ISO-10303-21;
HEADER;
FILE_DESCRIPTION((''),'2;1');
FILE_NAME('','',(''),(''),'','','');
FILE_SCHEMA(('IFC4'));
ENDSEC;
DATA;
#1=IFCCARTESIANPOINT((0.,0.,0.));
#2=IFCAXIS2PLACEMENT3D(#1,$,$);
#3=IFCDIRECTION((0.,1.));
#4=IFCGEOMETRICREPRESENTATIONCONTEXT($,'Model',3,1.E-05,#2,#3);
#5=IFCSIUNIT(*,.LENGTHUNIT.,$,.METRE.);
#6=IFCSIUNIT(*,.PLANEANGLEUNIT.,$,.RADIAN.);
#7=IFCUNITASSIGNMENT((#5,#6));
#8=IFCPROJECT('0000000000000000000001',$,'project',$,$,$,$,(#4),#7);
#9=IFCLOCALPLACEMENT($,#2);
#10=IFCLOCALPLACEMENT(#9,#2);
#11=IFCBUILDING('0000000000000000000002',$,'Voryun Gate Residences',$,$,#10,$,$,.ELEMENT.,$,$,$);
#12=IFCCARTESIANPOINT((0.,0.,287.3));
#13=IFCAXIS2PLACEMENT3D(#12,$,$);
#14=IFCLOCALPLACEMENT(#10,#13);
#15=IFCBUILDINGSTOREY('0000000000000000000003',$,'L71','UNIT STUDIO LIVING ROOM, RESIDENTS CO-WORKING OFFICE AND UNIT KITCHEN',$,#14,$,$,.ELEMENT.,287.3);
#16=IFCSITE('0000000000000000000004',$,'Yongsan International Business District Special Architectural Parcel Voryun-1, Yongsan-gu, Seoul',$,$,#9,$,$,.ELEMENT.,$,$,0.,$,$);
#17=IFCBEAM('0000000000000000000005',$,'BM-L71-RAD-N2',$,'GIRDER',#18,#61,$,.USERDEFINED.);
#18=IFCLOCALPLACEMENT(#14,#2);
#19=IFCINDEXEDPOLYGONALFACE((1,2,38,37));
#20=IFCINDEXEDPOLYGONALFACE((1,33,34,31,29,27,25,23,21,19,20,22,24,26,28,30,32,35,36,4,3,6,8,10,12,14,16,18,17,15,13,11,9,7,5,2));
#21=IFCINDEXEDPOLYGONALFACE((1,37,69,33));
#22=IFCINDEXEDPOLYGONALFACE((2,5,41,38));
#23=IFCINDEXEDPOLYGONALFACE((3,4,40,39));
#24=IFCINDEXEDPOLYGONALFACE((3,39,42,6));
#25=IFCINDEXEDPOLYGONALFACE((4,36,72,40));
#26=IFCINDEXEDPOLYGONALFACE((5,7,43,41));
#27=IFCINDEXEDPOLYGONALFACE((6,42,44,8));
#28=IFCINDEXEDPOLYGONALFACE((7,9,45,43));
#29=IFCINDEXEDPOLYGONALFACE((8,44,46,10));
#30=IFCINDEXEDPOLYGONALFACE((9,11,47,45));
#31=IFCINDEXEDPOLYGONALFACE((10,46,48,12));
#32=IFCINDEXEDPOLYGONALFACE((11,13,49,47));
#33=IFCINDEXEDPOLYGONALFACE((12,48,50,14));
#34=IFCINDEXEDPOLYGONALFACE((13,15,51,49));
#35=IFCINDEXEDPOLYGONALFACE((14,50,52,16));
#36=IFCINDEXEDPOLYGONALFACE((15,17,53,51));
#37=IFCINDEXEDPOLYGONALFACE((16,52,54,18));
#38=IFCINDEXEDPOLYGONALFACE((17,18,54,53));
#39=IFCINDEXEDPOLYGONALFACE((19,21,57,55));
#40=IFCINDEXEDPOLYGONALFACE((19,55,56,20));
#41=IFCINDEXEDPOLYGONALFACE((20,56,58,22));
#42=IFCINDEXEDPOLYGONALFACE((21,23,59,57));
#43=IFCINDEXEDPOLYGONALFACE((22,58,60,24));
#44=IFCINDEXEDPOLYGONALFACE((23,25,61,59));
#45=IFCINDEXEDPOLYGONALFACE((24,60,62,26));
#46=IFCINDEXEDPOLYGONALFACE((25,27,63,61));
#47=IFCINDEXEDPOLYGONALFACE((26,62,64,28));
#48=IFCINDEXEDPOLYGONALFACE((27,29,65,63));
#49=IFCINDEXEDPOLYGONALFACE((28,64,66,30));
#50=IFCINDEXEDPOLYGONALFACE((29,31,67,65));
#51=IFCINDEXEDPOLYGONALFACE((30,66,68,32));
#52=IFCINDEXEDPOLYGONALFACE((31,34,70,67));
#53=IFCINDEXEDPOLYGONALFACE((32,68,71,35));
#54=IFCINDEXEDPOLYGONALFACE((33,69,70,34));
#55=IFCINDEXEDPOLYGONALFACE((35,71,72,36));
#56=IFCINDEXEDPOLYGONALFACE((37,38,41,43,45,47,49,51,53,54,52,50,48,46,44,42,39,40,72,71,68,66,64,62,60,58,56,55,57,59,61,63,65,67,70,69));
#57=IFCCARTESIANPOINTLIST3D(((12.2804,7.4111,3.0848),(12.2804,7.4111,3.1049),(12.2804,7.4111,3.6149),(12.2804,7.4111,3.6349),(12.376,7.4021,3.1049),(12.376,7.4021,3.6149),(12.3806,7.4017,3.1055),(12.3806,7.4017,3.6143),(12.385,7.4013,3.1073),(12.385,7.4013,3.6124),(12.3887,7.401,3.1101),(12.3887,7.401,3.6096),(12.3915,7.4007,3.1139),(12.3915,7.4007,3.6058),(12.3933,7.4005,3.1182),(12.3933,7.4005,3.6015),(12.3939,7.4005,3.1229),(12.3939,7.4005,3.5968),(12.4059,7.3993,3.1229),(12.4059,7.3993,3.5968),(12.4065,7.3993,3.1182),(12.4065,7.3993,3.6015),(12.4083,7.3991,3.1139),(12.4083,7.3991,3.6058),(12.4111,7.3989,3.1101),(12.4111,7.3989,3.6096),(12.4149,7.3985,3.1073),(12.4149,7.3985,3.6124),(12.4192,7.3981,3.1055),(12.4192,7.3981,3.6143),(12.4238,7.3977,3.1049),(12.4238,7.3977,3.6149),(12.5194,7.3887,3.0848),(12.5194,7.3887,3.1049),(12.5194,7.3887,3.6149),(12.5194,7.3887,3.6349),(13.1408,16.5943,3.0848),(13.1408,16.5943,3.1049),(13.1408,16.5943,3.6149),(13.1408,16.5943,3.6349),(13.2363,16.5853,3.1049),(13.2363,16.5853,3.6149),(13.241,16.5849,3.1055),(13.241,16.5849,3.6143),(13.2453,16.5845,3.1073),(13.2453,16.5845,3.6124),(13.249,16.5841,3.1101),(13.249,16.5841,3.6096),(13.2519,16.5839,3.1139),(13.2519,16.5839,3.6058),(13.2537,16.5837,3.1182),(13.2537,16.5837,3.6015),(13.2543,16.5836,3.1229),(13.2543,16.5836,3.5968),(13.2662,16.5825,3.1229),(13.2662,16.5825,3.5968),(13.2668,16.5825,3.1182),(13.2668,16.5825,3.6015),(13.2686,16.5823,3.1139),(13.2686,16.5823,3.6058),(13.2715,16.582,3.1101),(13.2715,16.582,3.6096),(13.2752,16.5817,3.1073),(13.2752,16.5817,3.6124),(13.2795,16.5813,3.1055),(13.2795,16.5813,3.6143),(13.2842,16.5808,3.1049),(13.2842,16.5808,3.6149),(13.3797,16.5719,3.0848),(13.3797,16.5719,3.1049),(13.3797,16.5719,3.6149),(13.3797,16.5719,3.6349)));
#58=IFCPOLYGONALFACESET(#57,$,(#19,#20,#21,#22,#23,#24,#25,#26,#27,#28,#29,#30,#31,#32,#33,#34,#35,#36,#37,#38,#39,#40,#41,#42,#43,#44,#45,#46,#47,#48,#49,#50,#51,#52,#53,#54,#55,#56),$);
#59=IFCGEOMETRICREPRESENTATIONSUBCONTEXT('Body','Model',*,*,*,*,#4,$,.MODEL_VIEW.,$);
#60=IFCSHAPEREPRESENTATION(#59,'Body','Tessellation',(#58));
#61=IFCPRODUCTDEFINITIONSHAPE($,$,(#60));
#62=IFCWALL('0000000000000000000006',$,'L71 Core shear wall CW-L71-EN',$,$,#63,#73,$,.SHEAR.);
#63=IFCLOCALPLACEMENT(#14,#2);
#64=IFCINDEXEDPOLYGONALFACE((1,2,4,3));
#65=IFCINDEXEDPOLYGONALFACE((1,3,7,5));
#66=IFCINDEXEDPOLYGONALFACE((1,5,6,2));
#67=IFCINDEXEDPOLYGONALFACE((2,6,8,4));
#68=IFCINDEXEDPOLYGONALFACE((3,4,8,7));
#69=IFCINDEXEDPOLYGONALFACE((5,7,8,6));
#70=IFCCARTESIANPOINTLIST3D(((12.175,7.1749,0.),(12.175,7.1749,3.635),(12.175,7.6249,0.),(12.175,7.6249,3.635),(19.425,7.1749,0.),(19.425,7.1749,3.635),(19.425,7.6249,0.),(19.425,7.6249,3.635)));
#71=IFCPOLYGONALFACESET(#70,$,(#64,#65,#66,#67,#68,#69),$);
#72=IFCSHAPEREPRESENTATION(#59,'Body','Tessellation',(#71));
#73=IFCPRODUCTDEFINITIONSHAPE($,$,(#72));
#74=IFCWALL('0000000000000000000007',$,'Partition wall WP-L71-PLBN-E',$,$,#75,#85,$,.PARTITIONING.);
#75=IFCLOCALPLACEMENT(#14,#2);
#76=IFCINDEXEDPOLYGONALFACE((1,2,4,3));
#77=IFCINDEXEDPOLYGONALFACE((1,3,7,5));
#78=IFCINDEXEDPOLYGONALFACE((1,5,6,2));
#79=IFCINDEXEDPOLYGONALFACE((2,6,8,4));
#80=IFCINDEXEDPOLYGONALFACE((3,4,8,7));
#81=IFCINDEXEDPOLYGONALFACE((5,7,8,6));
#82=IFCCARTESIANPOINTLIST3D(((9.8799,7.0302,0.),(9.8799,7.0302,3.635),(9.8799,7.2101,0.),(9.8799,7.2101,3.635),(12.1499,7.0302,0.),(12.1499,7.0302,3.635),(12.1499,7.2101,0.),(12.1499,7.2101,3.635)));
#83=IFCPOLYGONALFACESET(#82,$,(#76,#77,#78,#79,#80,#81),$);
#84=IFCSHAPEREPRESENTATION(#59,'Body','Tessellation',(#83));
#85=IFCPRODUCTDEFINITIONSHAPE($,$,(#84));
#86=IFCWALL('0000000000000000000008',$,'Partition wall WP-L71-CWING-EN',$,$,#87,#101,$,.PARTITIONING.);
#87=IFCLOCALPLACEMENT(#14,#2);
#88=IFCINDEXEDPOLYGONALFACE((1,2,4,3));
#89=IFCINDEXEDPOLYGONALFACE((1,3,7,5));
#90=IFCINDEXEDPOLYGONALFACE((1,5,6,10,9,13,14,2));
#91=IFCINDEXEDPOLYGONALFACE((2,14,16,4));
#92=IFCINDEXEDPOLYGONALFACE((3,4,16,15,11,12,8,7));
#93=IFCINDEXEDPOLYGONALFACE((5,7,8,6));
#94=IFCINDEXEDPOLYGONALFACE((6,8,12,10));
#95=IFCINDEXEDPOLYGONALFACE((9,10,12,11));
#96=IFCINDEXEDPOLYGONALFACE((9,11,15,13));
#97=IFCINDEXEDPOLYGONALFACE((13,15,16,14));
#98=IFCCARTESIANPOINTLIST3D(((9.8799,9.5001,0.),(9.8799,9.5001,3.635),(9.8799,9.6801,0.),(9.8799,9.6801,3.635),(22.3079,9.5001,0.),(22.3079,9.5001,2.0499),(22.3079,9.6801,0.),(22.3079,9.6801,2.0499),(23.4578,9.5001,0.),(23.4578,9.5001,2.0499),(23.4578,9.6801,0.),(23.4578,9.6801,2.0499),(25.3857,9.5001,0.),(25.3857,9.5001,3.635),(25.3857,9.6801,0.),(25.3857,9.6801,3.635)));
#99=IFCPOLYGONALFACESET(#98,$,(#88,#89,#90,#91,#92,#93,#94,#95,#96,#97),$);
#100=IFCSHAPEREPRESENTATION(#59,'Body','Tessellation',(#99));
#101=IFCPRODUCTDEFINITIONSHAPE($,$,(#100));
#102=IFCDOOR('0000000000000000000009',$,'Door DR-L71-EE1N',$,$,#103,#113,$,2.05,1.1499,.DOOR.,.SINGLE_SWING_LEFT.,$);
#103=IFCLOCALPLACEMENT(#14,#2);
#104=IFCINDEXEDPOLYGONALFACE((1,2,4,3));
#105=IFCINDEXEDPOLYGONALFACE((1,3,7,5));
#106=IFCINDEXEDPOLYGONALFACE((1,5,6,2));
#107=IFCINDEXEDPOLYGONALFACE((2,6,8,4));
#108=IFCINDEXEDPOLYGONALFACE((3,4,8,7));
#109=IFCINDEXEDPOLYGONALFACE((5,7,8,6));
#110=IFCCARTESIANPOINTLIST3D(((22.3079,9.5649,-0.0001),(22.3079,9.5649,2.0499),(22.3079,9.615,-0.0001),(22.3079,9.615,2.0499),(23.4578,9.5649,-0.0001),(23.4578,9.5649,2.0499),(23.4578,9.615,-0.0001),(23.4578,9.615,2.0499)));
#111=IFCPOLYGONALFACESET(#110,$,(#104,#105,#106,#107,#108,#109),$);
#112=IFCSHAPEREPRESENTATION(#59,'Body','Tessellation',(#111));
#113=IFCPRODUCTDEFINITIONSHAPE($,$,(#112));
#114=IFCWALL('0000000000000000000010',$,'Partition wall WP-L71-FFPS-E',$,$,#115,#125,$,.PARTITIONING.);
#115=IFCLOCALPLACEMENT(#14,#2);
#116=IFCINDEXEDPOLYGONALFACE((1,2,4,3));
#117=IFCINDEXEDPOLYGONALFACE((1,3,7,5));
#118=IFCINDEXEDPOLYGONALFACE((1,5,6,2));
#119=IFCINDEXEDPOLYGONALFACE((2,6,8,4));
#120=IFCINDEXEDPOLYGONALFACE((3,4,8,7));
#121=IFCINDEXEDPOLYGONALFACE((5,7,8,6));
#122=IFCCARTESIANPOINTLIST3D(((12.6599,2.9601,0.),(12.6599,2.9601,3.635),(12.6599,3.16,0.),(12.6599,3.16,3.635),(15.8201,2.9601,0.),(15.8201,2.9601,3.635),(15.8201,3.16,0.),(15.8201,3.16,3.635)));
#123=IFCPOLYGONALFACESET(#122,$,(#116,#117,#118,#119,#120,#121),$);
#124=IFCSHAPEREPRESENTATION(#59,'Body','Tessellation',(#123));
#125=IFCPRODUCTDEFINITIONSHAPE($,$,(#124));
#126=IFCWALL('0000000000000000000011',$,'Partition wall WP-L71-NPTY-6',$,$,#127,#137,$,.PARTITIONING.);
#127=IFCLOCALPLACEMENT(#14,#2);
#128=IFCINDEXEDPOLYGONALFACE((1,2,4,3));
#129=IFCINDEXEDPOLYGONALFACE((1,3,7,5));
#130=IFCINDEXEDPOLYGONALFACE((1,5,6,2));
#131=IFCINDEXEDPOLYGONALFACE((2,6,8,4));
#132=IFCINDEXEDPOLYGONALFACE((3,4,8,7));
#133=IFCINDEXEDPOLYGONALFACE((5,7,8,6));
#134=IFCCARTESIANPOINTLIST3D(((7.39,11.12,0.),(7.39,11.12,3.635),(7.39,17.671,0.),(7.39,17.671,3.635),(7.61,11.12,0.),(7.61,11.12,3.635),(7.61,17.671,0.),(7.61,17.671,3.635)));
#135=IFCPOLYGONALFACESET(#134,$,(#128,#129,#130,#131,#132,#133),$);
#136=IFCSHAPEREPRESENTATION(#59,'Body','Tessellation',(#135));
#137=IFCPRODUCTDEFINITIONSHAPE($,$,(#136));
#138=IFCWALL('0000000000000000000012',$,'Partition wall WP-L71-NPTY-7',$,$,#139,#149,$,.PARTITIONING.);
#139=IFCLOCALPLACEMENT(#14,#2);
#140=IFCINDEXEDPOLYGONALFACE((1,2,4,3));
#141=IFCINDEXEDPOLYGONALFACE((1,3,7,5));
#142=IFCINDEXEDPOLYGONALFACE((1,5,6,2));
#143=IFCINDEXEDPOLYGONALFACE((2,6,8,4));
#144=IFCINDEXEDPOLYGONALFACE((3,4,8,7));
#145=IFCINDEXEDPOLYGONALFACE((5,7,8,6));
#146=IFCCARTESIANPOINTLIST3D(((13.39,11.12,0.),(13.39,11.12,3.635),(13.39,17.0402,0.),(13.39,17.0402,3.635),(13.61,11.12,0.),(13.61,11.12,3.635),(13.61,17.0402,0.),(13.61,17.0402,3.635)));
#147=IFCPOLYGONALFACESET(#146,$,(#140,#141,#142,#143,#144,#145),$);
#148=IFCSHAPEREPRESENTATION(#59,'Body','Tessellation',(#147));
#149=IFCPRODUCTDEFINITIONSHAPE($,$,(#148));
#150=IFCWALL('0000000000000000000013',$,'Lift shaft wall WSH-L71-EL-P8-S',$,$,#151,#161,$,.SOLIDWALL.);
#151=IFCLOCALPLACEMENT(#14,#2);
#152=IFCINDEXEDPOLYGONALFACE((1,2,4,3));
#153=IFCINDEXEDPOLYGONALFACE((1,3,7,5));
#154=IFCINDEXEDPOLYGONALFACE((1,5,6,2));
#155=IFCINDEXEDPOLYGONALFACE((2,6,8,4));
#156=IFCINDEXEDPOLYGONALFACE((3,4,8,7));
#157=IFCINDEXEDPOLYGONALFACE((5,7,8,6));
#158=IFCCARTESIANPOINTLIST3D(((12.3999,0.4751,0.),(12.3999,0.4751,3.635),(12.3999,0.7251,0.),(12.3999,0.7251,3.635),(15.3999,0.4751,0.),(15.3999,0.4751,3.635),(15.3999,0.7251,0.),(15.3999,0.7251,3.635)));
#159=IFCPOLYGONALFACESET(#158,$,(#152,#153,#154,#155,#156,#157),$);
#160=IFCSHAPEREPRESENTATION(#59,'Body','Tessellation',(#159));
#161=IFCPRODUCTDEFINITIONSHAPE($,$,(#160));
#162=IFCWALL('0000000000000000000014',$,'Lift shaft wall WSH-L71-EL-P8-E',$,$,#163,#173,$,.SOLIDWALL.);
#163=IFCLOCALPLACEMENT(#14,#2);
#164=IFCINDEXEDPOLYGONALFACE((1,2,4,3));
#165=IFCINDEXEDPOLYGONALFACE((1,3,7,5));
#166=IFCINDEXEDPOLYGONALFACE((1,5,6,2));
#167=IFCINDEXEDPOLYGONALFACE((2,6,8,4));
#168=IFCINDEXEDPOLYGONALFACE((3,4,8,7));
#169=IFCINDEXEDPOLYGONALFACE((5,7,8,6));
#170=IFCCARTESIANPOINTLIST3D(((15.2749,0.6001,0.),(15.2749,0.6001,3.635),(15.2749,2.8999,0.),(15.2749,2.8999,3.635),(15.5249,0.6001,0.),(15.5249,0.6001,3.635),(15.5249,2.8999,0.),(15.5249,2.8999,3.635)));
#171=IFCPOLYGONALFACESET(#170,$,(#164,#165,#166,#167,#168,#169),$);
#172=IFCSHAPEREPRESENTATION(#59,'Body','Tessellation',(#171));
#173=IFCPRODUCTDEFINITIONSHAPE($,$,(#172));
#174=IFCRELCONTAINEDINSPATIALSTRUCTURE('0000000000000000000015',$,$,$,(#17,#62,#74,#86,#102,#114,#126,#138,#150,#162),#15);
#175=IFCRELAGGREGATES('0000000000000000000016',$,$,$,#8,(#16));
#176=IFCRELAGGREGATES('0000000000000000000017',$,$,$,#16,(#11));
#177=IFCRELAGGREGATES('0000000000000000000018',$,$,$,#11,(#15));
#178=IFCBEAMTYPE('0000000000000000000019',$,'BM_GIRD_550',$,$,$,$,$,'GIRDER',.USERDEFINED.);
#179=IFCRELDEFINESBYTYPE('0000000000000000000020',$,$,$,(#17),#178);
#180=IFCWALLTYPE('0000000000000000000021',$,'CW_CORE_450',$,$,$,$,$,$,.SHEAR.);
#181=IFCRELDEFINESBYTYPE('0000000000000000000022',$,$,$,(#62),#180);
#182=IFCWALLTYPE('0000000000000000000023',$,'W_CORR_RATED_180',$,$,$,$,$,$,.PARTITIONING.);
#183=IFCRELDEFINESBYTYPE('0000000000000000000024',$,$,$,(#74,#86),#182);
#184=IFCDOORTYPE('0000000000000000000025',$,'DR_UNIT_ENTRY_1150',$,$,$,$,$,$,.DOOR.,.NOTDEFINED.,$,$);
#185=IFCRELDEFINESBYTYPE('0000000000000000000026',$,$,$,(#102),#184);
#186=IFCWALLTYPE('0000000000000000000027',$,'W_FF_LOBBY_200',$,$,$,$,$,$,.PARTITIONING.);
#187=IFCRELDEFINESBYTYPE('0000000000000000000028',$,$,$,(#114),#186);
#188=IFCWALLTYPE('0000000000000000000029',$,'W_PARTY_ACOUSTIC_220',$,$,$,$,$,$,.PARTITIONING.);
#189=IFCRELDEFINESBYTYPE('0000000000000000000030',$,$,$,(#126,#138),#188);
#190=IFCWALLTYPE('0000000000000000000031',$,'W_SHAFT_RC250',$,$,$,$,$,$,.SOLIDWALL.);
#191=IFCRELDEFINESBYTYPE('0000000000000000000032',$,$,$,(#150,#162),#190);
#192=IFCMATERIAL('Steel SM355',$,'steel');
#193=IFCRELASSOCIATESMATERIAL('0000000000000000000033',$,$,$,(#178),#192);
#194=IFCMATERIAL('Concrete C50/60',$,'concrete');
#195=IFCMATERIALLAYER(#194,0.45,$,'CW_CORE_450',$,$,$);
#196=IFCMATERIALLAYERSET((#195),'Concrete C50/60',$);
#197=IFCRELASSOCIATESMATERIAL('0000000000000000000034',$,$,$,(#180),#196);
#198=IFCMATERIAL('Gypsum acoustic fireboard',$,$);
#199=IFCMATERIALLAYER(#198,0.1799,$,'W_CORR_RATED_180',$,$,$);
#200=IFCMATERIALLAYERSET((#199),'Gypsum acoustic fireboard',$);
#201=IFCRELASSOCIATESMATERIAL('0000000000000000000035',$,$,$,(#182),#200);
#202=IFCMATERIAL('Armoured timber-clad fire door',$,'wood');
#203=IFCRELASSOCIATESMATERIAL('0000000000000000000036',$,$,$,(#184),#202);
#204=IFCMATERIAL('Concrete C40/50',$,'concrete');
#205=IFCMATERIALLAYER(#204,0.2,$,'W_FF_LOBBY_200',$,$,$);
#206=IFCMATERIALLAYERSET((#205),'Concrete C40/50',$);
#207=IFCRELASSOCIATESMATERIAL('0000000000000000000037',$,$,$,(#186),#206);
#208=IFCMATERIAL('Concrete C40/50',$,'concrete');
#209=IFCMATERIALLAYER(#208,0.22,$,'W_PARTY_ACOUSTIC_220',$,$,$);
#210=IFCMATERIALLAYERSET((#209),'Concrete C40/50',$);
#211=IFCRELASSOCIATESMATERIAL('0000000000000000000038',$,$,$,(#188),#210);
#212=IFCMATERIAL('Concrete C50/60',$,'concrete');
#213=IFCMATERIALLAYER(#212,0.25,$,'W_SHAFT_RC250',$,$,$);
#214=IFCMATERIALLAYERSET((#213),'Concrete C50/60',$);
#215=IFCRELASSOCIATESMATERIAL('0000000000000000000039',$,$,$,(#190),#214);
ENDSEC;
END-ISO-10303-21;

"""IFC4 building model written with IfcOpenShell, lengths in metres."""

from ifc_helpers import new_model, si_unit, direction, frame, frame_2d, origin, origin_2d, place, context, subcontext, project, spatial, rectangle, i_section, extrude, material, layer, layer_set, material_profile, profile_set, type_object, element, fill, save


model = new_model("IFC4")

# Units and contexts
model_context = context("Model", 3, precision=1e-05, world=origin(), true_north=direction((0.0, 1.0)))
body_context = subcontext(model_context, "Body", "Model", "MODEL_VIEW")
ifc_project = project(units=[si_unit("LENGTHUNIT", "METRE"), si_unit("PLANEANGLEUNIT", "RADIAN")], contexts=[model_context])

# Site, building, storey
site_placement = place(None, origin())
site = spatial("IfcSite", under=ifc_project, at=site_placement, Name="Yongsan International Business District Special Architectural Parcel Voryun-1, Yongsan-gu, Seoul", CompositionType="ELEMENT", RefElevation=0.0)
building_placement = place(site_placement, origin())
building = spatial("IfcBuilding", under=site, at=building_placement, Name="Voryun Gate Residences", CompositionType="ELEMENT")
storey_placement = place(building_placement, frame((0.0, 0.0, 287.3)))
storey = spatial("IfcBuildingStorey", under=building, at=storey_placement, Name="L71", Description="UNIT STUDIO LIVING ROOM, RESIDENTS CO-WORKING OFFICE AND UNIT KITCHEN", CompositionType="ELEMENT", Elevation=287.3)

# Beam
ifc_material_1 = material(Name="Steel SM355", Category="steel")
ifc_material_profile_1 = material_profile(ifc_material_1, i_section(OverallWidth=0.24, OverallDepth=0.55, WebThickness=0.012, FlangeThickness=0.02, FilletRadius=0.0181, at=origin_2d()), Name="H-550x240x12x20")
ifc_profile_set_1 = profile_set([ifc_material_profile_1], Name="Steel SM355")
beam_type_1 = type_object("IfcBeamType", Name="BM_GIRD_550", ElementType="GIRDER", PredefinedType="USERDEFINED", material=ifc_profile_set_1)
beam_1_placement = place(storey_placement, frame((12.3999, 7.3999, 3.3599), z_axis=(0.09328, 0.99564, 0.0), x_axis=(-0.99564, 0.09328, 0.0)))
element("IfcBeam", 1, at=beam_1_placement, inside=storey, type_object=beam_type_1, Name="BM-L71-RAD-N2", ObjectType="GIRDER", PredefinedType="USERDEFINED", context=body_context, shape_type="SweptSolid", body=[
    extrude(i_section(OverallWidth=0.24, OverallDepth=0.55, WebThickness=0.012, FlangeThickness=0.02, FilletRadius=0.0181, at=origin_2d()), origin(), (0.0, 0.0, 1.0), 9.2234),
])

# Walls
ifc_material_2 = material(Name="Concrete C50/60", Category="concrete")
ifc_layer_1 = layer(ifc_material_2, 0.45, Name="CW_CORE_450")
ifc_layer_set_1 = layer_set([ifc_layer_1], Name="Concrete C50/60")
wall_type_1 = type_object("IfcWallType", Name="CW_CORE_450", PredefinedType="SHEAR", material=ifc_layer_set_1)
wall_1_placement = place(storey_placement, frame((12.175, 7.3999, 0.0), z_axis=(0.0, 0.0, 1.0), x_axis=(1.0, 0.0, 0.0)))
element("IfcWall", 2, at=wall_1_placement, inside=storey, type_object=wall_type_1, Name="L71 Core shear wall CW-L71-EN", PredefinedType="SHEAR", context=body_context, shape_type="SweptSolid", body=[
    extrude(rectangle(XDim=7.25, YDim=0.45, at=frame_2d((3.625, 0.0))), origin(), (0.0, 0.0, 1.0), 3.635),
])
ifc_material_3 = material(Name="Gypsum acoustic fireboard")
ifc_layer_2 = layer(ifc_material_3, 0.1799, Name="W_CORR_RATED_180")
ifc_layer_set_2 = layer_set([ifc_layer_2], Name="Gypsum acoustic fireboard")
wall_type_2 = type_object("IfcWallType", Name="W_CORR_RATED_180", PredefinedType="PARTITIONING", material=ifc_layer_set_2)
wall_2_placement = place(storey_placement, frame((9.8799, 7.1201, 0.0), z_axis=(0.0, 0.0, 1.0), x_axis=(1.0, 0.0, 0.0)))
element("IfcWall", 3, at=wall_2_placement, inside=storey, type_object=wall_type_2, Name="Partition wall WP-L71-PLBN-E", PredefinedType="PARTITIONING", context=body_context, shape_type="SweptSolid", body=[
    extrude(rectangle(XDim=2.27, YDim=0.1799, at=frame_2d((1.135, 0.0))), origin(), (0.0, 0.0, 1.0), 3.635),
])

# Wall, opening, door
wall_3_placement = place(storey_placement, frame((9.8799, 9.5901, 0.0), z_axis=(0.0, 0.0, 1.0), x_axis=(1.0, 0.0, 0.0)))
wall_3 = element("IfcWall", 4, at=wall_3_placement, inside=storey, type_object=wall_type_2, Name="Partition wall WP-L71-CWING-EN", PredefinedType="PARTITIONING", context=body_context, shape_type="SweptSolid", body=[
    extrude(rectangle(XDim=15.5059, YDim=0.1799, at=frame_2d((7.7529, 0.0))), origin(), (0.0, 0.0, 1.0), 3.635),
])
opening_1_placement = place(wall_3_placement, frame((12.428, 0.0, 0.0)))
opening_1 = element("IfcOpeningElement", 5, at=opening_1_placement, cuts=wall_3, PredefinedType="OPENING", context=body_context, shape_type="SweptSolid", body=[
    extrude(rectangle(XDim=1.1499, YDim=2.05, at=frame_2d((0.575, 1.0249))), frame((0.0, 0.0999, 0.0), z_axis=(0.0, -1.0, 0.0), x_axis=(1.0, 0.0, 0.0)), (0.0, 0.0, 1.0), 0.2),
])
ifc_material_4 = material(Name="Armoured timber-clad fire door", Category="wood")
door_type_1 = type_object("IfcDoorType", Name="DR_UNIT_ENTRY_1150", OperationType="NOTDEFINED", PredefinedType="DOOR", material=ifc_material_4)
door_1_placement = place(opening_1_placement, origin())
door_1 = element("IfcDoor", 6, at=door_1_placement, inside=storey, type_object=door_type_1, Name="Door DR-L71-EE1N", OperationType="SINGLE_SWING_LEFT", OverallHeight=2.05, OverallWidth=1.1499, PredefinedType="DOOR", context=body_context, shape_type="SweptSolid", body=[
    extrude(rectangle(XDim=1.1499, YDim=2.05, at=frame_2d((0.575, 1.0249))), frame((0.0, 0.0249, 0.0), z_axis=(0.0, -1.0, 0.0), x_axis=(1.0, 0.0, 0.0)), (0.0, 0.0, 1.0), 0.05),
])
fill(opening_1, door_1)

# Walls
ifc_material_5 = material(Name="Concrete C40/50", Category="concrete")
ifc_layer_3 = layer(ifc_material_5, 0.2, Name="W_FF_LOBBY_200")
ifc_layer_set_3 = layer_set([ifc_layer_3], Name="Concrete C40/50")
wall_type_3 = type_object("IfcWallType", Name="W_FF_LOBBY_200", PredefinedType="PARTITIONING", material=ifc_layer_set_3)
wall_4_placement = place(storey_placement, frame((12.6599, 3.0601, 0.0), z_axis=(0.0, 0.0, 1.0), x_axis=(1.0, 0.0, 0.0)))
element("IfcWall", 7, at=wall_4_placement, inside=storey, type_object=wall_type_3, Name="Partition wall WP-L71-FFPS-E", PredefinedType="PARTITIONING", context=body_context, shape_type="SweptSolid", body=[
    extrude(rectangle(XDim=3.1602, YDim=0.2, at=frame_2d((1.5801, 0.0))), origin(), (0.0, 0.0, 1.0), 3.635),
])
ifc_material_6 = material(Name="Concrete C40/50", Category="concrete")
ifc_layer_4 = layer(ifc_material_6, 0.22, Name="W_PARTY_ACOUSTIC_220")
ifc_layer_set_4 = layer_set([ifc_layer_4], Name="Concrete C40/50")
wall_type_4 = type_object("IfcWallType", Name="W_PARTY_ACOUSTIC_220", PredefinedType="PARTITIONING", material=ifc_layer_set_4)
wall_5_placement = place(storey_placement, frame((7.5, 11.1201, 0.0), z_axis=(0.0, 0.0, 1.0), x_axis=(0.0, 1.0, 0.0)))
element("IfcWall", 8, at=wall_5_placement, inside=storey, type_object=wall_type_4, Name="Partition wall WP-L71-NPTY-6", PredefinedType="PARTITIONING", context=body_context, shape_type="SweptSolid", body=[
    extrude(rectangle(XDim=6.551, YDim=0.22, at=frame_2d((3.2754, 0.0))), origin(), (0.0, 0.0, 1.0), 3.635),
])
wall_6_placement = place(storey_placement, frame((13.5, 11.1201, 0.0), z_axis=(0.0, 0.0, 1.0), x_axis=(0.0, 1.0, 0.0)))
element("IfcWall", 9, at=wall_6_placement, inside=storey, type_object=wall_type_4, Name="Partition wall WP-L71-NPTY-7", PredefinedType="PARTITIONING", context=body_context, shape_type="SweptSolid", body=[
    extrude(rectangle(XDim=5.9202, YDim=0.22, at=frame_2d((2.96, 0.0))), origin(), (0.0, 0.0, 1.0), 3.635),
])
ifc_material_7 = material(Name="Concrete C50/60", Category="concrete")
ifc_layer_5 = layer(ifc_material_7, 0.25, Name="W_SHAFT_RC250")
ifc_layer_set_5 = layer_set([ifc_layer_5], Name="Concrete C50/60")
wall_type_5 = type_object("IfcWallType", Name="W_SHAFT_RC250", PredefinedType="SOLIDWALL", material=ifc_layer_set_5)
wall_7_placement = place(storey_placement, frame((12.3999, 0.6001, 0.0), z_axis=(0.0, 0.0, 1.0), x_axis=(1.0, 0.0, 0.0)))
element("IfcWall", 10, at=wall_7_placement, inside=storey, type_object=wall_type_5, Name="Lift shaft wall WSH-L71-EL-P8-S", PredefinedType="SOLIDWALL", context=body_context, shape_type="SweptSolid", body=[
    extrude(rectangle(XDim=3.0, YDim=0.25, at=frame_2d((1.5, 0.0))), origin(), (0.0, 0.0, 1.0), 3.635),
])
wall_8_placement = place(storey_placement, frame((15.3999, 0.6001, 0.0), z_axis=(0.0, 0.0, 1.0), x_axis=(0.0, 1.0, 0.0)))
element("IfcWall", 11, at=wall_8_placement, inside=storey, type_object=wall_type_5, Name="Lift shaft wall WSH-L71-EL-P8-E", PredefinedType="SOLIDWALL", context=body_context, shape_type="SweptSolid", body=[
    extrude(rectangle(XDim=2.2998, YDim=0.25, at=frame_2d((1.1499, 0.0))), origin(), (0.0, 0.0, 1.0), 3.635),
])

save(model, "model.ifc")
